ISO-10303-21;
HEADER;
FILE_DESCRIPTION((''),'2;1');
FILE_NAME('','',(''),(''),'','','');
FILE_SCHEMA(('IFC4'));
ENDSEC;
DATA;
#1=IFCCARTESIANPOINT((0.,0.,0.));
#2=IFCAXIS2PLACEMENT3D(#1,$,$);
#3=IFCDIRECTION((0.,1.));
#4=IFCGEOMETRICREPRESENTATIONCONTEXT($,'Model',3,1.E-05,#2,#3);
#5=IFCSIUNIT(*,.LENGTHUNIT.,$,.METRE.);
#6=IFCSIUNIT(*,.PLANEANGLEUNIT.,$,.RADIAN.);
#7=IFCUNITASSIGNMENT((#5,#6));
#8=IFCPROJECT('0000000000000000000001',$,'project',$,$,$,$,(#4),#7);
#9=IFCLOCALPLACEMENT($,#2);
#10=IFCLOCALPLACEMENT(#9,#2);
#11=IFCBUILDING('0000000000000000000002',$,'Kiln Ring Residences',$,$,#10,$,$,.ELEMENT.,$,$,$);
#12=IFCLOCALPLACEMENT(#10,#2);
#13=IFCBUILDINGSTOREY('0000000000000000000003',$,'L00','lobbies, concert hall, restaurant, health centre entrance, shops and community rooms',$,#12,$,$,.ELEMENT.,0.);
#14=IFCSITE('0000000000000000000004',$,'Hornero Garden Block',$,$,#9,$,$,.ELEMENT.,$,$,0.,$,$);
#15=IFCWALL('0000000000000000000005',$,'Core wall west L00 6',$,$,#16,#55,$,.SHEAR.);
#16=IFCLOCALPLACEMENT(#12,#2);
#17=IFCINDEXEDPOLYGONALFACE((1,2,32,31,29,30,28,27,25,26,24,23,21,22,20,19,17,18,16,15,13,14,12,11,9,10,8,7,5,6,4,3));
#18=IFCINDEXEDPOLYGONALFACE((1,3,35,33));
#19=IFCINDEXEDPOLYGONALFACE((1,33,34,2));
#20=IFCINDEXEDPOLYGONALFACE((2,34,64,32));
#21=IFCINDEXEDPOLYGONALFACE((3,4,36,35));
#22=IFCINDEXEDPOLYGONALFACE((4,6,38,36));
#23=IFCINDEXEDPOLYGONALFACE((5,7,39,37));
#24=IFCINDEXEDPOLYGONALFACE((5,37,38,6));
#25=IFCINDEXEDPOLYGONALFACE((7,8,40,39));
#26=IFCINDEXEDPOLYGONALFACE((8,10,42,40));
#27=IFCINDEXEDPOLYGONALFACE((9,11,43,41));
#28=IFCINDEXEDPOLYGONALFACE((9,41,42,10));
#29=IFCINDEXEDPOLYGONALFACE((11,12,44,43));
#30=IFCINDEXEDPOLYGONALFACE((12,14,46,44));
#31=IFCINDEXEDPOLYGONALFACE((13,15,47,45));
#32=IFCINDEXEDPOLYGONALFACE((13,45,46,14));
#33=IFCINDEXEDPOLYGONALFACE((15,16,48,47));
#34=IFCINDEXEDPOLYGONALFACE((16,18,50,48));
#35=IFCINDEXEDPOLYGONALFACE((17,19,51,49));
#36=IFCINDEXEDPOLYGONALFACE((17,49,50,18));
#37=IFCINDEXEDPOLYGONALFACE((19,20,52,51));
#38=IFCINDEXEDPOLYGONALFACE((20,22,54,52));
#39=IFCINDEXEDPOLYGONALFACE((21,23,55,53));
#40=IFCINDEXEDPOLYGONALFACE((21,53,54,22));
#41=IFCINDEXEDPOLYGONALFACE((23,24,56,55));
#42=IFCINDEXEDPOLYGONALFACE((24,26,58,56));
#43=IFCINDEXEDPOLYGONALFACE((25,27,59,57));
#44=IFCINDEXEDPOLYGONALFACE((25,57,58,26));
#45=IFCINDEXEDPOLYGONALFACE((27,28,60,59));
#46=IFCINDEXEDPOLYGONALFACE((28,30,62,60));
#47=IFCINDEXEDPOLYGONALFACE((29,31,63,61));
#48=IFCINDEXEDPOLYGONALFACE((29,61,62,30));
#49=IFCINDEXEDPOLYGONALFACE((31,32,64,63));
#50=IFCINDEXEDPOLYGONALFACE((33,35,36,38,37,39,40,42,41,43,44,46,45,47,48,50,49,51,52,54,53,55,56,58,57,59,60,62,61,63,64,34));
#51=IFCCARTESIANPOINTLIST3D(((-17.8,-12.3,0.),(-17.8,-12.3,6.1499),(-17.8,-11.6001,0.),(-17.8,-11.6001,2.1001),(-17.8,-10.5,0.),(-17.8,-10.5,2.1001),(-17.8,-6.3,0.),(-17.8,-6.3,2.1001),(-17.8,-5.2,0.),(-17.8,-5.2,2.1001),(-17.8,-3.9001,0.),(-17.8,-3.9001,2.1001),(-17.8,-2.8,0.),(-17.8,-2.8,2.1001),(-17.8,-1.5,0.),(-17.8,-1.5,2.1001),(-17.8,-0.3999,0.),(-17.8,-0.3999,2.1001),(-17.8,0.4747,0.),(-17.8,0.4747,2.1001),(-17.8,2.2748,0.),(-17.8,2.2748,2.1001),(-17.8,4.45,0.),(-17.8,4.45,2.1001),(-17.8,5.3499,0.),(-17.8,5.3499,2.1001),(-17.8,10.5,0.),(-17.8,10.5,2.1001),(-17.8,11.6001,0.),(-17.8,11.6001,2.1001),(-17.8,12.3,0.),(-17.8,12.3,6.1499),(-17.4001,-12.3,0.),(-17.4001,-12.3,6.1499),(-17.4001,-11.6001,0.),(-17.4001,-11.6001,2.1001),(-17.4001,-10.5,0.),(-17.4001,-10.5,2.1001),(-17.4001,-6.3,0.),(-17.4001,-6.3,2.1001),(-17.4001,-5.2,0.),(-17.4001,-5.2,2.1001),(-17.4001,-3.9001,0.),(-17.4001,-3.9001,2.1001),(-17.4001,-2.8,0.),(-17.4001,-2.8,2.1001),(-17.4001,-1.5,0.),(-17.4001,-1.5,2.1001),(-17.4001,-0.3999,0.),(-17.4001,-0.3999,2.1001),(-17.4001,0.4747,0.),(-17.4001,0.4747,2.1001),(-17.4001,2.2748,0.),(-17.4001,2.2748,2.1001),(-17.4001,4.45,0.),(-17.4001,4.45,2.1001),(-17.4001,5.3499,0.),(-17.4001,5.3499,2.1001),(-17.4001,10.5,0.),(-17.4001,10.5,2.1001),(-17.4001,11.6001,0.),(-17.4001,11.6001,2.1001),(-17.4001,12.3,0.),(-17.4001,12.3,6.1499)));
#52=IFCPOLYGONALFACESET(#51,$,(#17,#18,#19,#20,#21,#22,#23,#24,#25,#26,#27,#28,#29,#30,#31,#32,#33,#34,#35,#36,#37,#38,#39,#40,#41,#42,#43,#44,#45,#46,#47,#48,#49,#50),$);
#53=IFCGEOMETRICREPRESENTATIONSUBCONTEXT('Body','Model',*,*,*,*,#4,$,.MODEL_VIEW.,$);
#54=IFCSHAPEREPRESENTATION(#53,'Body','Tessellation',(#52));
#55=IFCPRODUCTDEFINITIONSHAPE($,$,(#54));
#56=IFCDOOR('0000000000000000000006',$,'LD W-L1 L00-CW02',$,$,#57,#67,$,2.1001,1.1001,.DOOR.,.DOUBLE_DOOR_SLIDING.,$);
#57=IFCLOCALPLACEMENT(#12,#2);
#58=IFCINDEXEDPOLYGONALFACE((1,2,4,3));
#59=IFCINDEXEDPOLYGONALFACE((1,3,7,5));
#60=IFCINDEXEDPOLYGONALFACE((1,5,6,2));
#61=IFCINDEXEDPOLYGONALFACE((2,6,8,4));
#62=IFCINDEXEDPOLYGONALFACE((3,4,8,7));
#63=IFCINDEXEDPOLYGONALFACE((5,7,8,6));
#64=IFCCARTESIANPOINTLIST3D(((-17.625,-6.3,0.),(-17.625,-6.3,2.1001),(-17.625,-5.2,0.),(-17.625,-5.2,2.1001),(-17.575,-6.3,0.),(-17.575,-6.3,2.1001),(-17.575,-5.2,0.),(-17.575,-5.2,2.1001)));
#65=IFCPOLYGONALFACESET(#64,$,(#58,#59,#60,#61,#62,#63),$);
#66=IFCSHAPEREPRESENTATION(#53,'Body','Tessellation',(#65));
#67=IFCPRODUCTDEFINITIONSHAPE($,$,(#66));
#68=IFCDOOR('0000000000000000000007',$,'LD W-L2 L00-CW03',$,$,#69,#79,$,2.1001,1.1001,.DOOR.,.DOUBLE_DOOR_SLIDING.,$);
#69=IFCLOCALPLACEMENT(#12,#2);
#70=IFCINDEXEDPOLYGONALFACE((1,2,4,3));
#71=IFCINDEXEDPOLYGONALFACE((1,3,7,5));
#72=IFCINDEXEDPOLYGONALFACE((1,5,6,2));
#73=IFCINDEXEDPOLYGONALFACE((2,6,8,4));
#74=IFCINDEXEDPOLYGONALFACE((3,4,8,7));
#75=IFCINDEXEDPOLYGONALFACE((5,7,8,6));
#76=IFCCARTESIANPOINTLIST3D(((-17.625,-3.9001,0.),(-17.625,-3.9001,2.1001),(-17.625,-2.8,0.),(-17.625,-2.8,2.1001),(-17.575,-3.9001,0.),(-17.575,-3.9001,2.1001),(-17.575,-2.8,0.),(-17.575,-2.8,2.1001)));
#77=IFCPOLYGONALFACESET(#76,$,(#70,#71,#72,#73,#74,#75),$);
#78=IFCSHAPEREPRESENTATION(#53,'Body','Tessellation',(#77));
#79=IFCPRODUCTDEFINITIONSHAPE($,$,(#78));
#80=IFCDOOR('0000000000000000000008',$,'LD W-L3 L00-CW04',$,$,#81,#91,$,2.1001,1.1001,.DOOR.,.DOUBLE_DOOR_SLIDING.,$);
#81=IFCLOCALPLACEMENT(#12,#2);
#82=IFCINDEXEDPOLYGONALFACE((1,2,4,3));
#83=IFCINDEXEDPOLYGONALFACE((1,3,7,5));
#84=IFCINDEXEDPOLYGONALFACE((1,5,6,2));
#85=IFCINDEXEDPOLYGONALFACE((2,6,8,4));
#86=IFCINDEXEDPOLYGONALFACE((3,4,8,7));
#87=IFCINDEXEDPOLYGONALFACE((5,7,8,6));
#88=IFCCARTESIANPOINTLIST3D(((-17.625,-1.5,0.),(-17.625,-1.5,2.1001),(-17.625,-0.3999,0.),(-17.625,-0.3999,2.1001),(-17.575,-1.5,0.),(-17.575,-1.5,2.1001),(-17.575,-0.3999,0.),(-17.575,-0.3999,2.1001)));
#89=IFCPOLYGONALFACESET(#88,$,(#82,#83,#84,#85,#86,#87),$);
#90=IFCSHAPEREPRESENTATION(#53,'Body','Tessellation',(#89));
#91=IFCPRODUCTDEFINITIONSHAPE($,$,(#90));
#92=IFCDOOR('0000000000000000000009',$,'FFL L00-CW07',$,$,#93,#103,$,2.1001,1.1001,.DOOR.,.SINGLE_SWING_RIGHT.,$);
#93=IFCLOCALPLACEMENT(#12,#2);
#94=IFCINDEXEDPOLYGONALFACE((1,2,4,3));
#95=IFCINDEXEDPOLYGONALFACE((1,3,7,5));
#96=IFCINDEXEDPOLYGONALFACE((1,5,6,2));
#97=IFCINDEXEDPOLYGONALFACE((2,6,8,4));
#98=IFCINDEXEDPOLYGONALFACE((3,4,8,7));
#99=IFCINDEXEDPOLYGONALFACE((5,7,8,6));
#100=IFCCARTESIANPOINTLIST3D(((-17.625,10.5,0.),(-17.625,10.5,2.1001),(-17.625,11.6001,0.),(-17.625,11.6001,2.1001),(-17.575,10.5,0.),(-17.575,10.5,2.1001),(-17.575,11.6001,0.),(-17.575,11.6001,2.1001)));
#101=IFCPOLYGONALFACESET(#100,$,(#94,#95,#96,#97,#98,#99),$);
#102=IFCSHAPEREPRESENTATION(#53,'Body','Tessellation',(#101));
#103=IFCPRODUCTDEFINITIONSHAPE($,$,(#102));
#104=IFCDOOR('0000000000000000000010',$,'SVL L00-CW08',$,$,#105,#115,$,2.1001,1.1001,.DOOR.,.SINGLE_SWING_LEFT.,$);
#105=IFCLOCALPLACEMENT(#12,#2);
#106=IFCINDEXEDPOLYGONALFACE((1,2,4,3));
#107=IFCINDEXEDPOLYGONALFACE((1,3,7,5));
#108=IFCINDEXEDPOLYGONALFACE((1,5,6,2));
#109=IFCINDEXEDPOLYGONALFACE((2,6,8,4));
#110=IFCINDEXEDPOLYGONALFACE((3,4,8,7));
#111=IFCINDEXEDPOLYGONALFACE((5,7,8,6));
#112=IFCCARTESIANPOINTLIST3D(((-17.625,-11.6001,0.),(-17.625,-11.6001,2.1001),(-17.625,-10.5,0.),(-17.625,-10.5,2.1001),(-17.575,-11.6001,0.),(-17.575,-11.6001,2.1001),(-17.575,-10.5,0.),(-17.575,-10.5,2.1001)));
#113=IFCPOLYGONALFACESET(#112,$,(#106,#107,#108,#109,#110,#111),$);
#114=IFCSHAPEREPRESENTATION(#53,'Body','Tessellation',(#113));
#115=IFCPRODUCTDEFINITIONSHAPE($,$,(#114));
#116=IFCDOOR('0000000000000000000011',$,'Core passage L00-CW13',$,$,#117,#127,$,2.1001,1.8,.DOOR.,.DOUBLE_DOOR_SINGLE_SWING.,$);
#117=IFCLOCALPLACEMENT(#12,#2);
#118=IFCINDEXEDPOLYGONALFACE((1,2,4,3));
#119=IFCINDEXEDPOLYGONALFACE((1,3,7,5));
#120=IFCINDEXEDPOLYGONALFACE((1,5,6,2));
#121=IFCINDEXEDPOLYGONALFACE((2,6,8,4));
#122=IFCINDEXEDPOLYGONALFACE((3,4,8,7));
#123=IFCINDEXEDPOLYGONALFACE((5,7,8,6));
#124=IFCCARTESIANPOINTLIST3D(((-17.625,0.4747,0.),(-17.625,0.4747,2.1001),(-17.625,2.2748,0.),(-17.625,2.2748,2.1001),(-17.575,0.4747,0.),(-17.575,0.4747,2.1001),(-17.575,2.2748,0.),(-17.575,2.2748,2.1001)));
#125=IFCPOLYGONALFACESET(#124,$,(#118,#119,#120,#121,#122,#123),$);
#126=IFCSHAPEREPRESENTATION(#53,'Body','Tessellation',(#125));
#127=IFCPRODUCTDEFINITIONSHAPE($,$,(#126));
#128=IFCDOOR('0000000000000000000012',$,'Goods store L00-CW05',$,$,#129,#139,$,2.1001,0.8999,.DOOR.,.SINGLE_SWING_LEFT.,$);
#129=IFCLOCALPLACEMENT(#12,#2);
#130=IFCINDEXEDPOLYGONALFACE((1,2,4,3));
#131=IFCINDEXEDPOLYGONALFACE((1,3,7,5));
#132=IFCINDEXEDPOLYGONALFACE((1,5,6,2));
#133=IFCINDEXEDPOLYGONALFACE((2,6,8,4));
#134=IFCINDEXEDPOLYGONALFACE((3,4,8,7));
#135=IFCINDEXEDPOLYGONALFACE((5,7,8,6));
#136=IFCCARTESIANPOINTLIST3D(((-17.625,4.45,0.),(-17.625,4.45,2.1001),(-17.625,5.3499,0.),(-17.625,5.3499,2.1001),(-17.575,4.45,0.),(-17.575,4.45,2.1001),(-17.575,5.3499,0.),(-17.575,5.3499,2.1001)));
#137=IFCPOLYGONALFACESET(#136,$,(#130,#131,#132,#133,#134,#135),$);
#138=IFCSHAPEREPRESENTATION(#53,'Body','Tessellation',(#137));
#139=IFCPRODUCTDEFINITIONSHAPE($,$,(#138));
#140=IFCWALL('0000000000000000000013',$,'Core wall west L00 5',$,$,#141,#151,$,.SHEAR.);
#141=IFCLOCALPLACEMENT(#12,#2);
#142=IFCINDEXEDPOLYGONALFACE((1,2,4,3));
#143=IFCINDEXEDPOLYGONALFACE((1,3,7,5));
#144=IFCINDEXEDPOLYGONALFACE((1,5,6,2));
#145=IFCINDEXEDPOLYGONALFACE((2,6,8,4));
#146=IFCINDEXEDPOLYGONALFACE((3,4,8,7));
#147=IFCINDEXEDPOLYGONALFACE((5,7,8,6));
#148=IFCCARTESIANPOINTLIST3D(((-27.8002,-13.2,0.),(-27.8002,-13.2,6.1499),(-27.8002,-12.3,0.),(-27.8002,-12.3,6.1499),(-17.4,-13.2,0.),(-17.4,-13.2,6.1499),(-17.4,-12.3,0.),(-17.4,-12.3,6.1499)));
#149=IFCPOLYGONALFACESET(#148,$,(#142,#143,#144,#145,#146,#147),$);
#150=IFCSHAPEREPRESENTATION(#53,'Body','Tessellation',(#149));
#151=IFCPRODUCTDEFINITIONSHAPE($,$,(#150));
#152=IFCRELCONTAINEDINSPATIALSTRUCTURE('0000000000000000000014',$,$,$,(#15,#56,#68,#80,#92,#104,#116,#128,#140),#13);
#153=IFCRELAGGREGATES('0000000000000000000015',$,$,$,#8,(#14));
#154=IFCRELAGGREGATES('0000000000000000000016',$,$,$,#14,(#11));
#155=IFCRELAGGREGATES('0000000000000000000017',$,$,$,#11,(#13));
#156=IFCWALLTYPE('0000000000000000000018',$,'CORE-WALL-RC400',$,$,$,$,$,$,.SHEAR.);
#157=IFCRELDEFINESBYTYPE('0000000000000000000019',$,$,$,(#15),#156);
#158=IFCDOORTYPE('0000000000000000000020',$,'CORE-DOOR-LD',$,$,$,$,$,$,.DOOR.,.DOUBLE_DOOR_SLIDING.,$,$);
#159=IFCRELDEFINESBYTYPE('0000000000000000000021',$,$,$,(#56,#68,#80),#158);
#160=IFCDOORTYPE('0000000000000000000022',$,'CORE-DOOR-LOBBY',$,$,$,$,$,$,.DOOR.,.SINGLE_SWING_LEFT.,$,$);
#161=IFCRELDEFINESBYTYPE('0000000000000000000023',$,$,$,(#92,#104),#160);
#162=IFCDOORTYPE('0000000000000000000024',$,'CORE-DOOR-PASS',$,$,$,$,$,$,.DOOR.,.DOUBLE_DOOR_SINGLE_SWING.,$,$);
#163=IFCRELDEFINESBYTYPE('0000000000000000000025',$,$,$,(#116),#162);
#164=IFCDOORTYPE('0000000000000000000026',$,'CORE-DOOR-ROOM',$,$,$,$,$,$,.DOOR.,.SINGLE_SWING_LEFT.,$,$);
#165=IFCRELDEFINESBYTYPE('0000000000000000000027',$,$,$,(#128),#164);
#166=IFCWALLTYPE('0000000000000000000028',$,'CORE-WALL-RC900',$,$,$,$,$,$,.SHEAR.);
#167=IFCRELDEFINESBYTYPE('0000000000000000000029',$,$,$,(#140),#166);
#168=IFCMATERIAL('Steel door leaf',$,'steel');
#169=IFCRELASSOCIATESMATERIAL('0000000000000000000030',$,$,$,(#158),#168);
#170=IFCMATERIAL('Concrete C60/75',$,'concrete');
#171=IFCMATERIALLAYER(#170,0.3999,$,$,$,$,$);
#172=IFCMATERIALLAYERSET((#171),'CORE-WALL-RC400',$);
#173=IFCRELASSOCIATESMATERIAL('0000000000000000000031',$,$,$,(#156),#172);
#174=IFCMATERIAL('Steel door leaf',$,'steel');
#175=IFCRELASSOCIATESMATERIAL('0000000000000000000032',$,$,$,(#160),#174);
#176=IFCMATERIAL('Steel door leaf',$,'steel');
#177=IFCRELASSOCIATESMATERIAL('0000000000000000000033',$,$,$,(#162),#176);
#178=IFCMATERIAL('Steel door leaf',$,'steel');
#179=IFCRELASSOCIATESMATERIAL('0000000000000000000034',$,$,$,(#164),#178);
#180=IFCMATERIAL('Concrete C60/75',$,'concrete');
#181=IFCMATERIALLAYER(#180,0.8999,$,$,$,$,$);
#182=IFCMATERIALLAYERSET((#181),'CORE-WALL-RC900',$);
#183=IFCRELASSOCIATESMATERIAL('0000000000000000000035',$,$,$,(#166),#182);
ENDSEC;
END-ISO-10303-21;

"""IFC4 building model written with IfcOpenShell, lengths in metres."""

from ifc_helpers import new_model, si_unit, direction, frame, frame_2d, origin, place, context, subcontext, project, spatial, rectangle, extrude, material, layer, layer_set, type_object, element, fill, save


model = new_model("IFC4")

# Units and contexts
model_context = context("Model", 3, precision=1e-05, world=origin(), true_north=direction((0.0, 1.0)))
body_context = subcontext(model_context, "Body", "Model", "MODEL_VIEW")
ifc_project = project(units=[si_unit("LENGTHUNIT", "METRE"), si_unit("PLANEANGLEUNIT", "RADIAN")], contexts=[model_context])

# Site, building, storey
site_placement = place(None, origin())
site = spatial("IfcSite", under=ifc_project, at=site_placement, Name="Hornero Garden Block", CompositionType="ELEMENT", RefElevation=0.0)
building_placement = place(site_placement, origin())
building = spatial("IfcBuilding", under=site, at=building_placement, Name="Kiln Ring Residences", CompositionType="ELEMENT")
storey_placement = place(building_placement, origin())
storey = spatial("IfcBuildingStorey", under=building, at=storey_placement, Name="L00", Description="lobbies, concert hall, restaurant, health centre entrance, shops and community rooms", CompositionType="ELEMENT", Elevation=0.0)

# Wall, openings, doors
ifc_material_1 = material(Name="Steel door leaf", Category="steel")
door_type_1 = type_object("IfcDoorType", Name="CORE-DOOR-LD", OperationType="DOUBLE_DOOR_SLIDING", PredefinedType="DOOR", material=ifc_material_1)
ifc_material_2 = material(Name="Concrete C60/75", Category="concrete")
ifc_layer_1 = layer(ifc_material_2, 0.3999)
ifc_layer_set_1 = layer_set([ifc_layer_1], Name="CORE-WALL-RC400")
wall_type_1 = type_object("IfcWallType", Name="CORE-WALL-RC400", PredefinedType="SHEAR", material=ifc_layer_set_1)
wall_1_placement = place(storey_placement, frame((-17.6001, -12.3, 0.0), z_axis=(0.0, 0.0, 1.0), x_axis=(0.0, 1.0, 0.0)))
wall_1 = element("IfcWall", 1, at=wall_1_placement, inside=storey, type_object=wall_type_1, Name="Core wall west L00 6", PredefinedType="SHEAR", context=body_context, shape_type="SweptSolid", body=[
    extrude(rectangle(XDim=24.6001, YDim=0.3999, at=frame_2d((12.3, 0.0))), origin(), (0.0, 0.0, 1.0), 6.1499),
])
opening_1_placement = place(wall_1_placement, frame((6.0, 0.0, 0.0)))
opening_1 = element("IfcOpeningElement", 2, at=opening_1_placement, cuts=wall_1, PredefinedType="OPENING", context=body_context, shape_type="SweptSolid", body=[
    extrude(rectangle(XDim=1.1001, YDim=2.1001, at=frame_2d((0.55, 1.05))), frame((0.0, 0.21, 0.0), z_axis=(0.0, -1.0, 0.0), x_axis=(1.0, 0.0, 0.0)), (0.0, 0.0, 1.0), 0.4199),
])
opening_2_placement = place(wall_1_placement, frame((8.3999, 0.0, 0.0)))
opening_2 = element("IfcOpeningElement", 3, at=opening_2_placement, cuts=wall_1, PredefinedType="OPENING", context=body_context, shape_type="SweptSolid", body=[
    extrude(rectangle(XDim=1.1001, YDim=2.1001, at=frame_2d((0.55, 1.05))), frame((0.0, 0.21, 0.0), z_axis=(0.0, -1.0, 0.0), x_axis=(1.0, 0.0, 0.0)), (0.0, 0.0, 1.0), 0.4199),
])
opening_3_placement = place(wall_1_placement, frame((10.8, 0.0, 0.0)))
opening_3 = element("IfcOpeningElement", 4, at=opening_3_placement, cuts=wall_1, PredefinedType="OPENING", context=body_context, shape_type="SweptSolid", body=[
    extrude(rectangle(XDim=1.1001, YDim=2.1001, at=frame_2d((0.55, 1.05))), frame((0.0, 0.21, 0.0), z_axis=(0.0, -1.0, 0.0), x_axis=(1.0, 0.0, 0.0)), (0.0, 0.0, 1.0), 0.4199),
])
opening_4_placement = place(wall_1_placement, frame((16.75, 0.0, 0.0)))
opening_4 = element("IfcOpeningElement", 5, at=opening_4_placement, cuts=wall_1, PredefinedType="OPENING", context=body_context, shape_type="SweptSolid", body=[
    extrude(rectangle(XDim=0.8999, YDim=2.1001, at=frame_2d((0.45, 1.05))), frame((0.0, 0.21, 0.0), z_axis=(0.0, -1.0, 0.0), x_axis=(1.0, 0.0, 0.0)), (0.0, 0.0, 1.0), 0.4199),
])
opening_5_placement = place(wall_1_placement, frame((22.8, 0.0, 0.0)))
opening_5 = element("IfcOpeningElement", 6, at=opening_5_placement, cuts=wall_1, PredefinedType="OPENING", context=body_context, shape_type="SweptSolid", body=[
    extrude(rectangle(XDim=1.1001, YDim=2.1001, at=frame_2d((0.55, 1.05))), frame((0.0, 0.21, 0.0), z_axis=(0.0, -1.0, 0.0), x_axis=(1.0, 0.0, 0.0)), (0.0, 0.0, 1.0), 0.4199),
])
opening_6_placement = place(wall_1_placement, frame((0.7, 0.0, 0.0)))
opening_6 = element("IfcOpeningElement", 7, at=opening_6_placement, cuts=wall_1, PredefinedType="OPENING", context=body_context, shape_type="SweptSolid", body=[
    extrude(rectangle(XDim=1.1001, YDim=2.1001, at=frame_2d((0.55, 1.05))), frame((0.0, 0.21, 0.0), z_axis=(0.0, -1.0, 0.0), x_axis=(1.0, 0.0, 0.0)), (0.0, 0.0, 1.0), 0.4199),
])
opening_7_placement = place(wall_1_placement, frame((12.7749, 0.0, 0.0)))
opening_7 = element("IfcOpeningElement", 8, at=opening_7_placement, cuts=wall_1, PredefinedType="OPENING", context=body_context, shape_type="SweptSolid", body=[
    extrude(rectangle(XDim=1.8, YDim=2.1001, at=frame_2d((0.8999, 1.05))), frame((0.0, 0.21, 0.0), z_axis=(0.0, -1.0, 0.0), x_axis=(1.0, 0.0, 0.0)), (0.0, 0.0, 1.0), 0.4199),
])
door_1_placement = place(opening_1_placement, origin())
door_1 = element("IfcDoor", 9, at=door_1_placement, inside=storey, type_object=door_type_1, Name="LD W-L1 L00-CW02", OperationType="DOUBLE_DOOR_SLIDING", OverallHeight=2.1001, OverallWidth=1.1001, PredefinedType="DOOR", context=body_context, shape_type="SweptSolid", body=[
    extrude(rectangle(XDim=1.1001, YDim=2.1001, at=frame_2d((0.55, 1.05))), frame((0.0, 0.0249, 0.0), z_axis=(0.0, -1.0, 0.0), x_axis=(1.0, 0.0, 0.0)), (0.0, 0.0, 1.0), 0.05),
])
fill(opening_1, door_1)
door_2_placement = place(opening_2_placement, origin())
door_2 = element("IfcDoor", 10, at=door_2_placement, inside=storey, type_object=door_type_1, Name="LD W-L2 L00-CW03", OperationType="DOUBLE_DOOR_SLIDING", OverallHeight=2.1001, OverallWidth=1.1001, PredefinedType="DOOR", context=body_context, shape_type="SweptSolid", body=[
    extrude(rectangle(XDim=1.1001, YDim=2.1001, at=frame_2d((0.55, 1.05))), frame((0.0, 0.0249, 0.0), z_axis=(0.0, -1.0, 0.0), x_axis=(1.0, 0.0, 0.0)), (0.0, 0.0, 1.0), 0.05),
])
fill(opening_2, door_2)
door_3_placement = place(opening_3_placement, origin())
door_3 = element("IfcDoor", 11, at=door_3_placement, inside=storey, type_object=door_type_1, Name="LD W-L3 L00-CW04", OperationType="DOUBLE_DOOR_SLIDING", OverallHeight=2.1001, OverallWidth=1.1001, PredefinedType="DOOR", context=body_context, shape_type="SweptSolid", body=[
    extrude(rectangle(XDim=1.1001, YDim=2.1001, at=frame_2d((0.55, 1.05))), frame((0.0, 0.0249, 0.0), z_axis=(0.0, -1.0, 0.0), x_axis=(1.0, 0.0, 0.0)), (0.0, 0.0, 1.0), 0.05),
])
fill(opening_3, door_3)
ifc_material_3 = material(Name="Steel door leaf", Category="steel")
door_type_2 = type_object("IfcDoorType", Name="CORE-DOOR-LOBBY", OperationType="SINGLE_SWING_LEFT", PredefinedType="DOOR", material=ifc_material_3)
door_4_placement = place(opening_5_placement, origin())
door_4 = element("IfcDoor", 12, at=door_4_placement, inside=storey, type_object=door_type_2, Name="FFL L00-CW07", OperationType="SINGLE_SWING_RIGHT", OverallHeight=2.1001, OverallWidth=1.1001, PredefinedType="DOOR", context=body_context, shape_type="SweptSolid", body=[
    extrude(rectangle(XDim=1.1001, YDim=2.1001, at=frame_2d((0.55, 1.05))), frame((0.0, 0.0249, 0.0), z_axis=(0.0, -1.0, 0.0), x_axis=(1.0, 0.0, 0.0)), (0.0, 0.0, 1.0), 0.05),
])
fill(opening_5, door_4)
door_5_placement = place(opening_6_placement, origin())
door_5 = element("IfcDoor", 13, at=door_5_placement, inside=storey, type_object=door_type_2, Name="SVL L00-CW08", OperationType="SINGLE_SWING_LEFT", OverallHeight=2.1001, OverallWidth=1.1001, PredefinedType="DOOR", context=body_context, shape_type="SweptSolid", body=[
    extrude(rectangle(XDim=1.1001, YDim=2.1001, at=frame_2d((0.55, 1.05))), frame((0.0, 0.0249, 0.0), z_axis=(0.0, -1.0, 0.0), x_axis=(1.0, 0.0, 0.0)), (0.0, 0.0, 1.0), 0.05),
])
fill(opening_6, door_5)
ifc_material_4 = material(Name="Steel door leaf", Category="steel")
door_type_3 = type_object("IfcDoorType", Name="CORE-DOOR-PASS", OperationType="DOUBLE_DOOR_SINGLE_SWING", PredefinedType="DOOR", material=ifc_material_4)
door_6_placement = place(opening_7_placement, origin())
door_6 = element("IfcDoor", 14, at=door_6_placement, inside=storey, type_object=door_type_3, Name="Core passage L00-CW13", OperationType="DOUBLE_DOOR_SINGLE_SWING", OverallHeight=2.1001, OverallWidth=1.8, PredefinedType="DOOR", context=body_context, shape_type="SweptSolid", body=[
    extrude(rectangle(XDim=1.8, YDim=2.1001, at=frame_2d((0.8999, 1.05))), frame((0.0, 0.0249, 0.0), z_axis=(0.0, -1.0, 0.0), x_axis=(1.0, 0.0, 0.0)), (0.0, 0.0, 1.0), 0.05),
])
fill(opening_7, door_6)
ifc_material_5 = material(Name="Steel door leaf", Category="steel")
door_type_4 = type_object("IfcDoorType", Name="CORE-DOOR-ROOM", OperationType="SINGLE_SWING_LEFT", PredefinedType="DOOR", material=ifc_material_5)
door_7_placement = place(opening_4_placement, origin())
door_7 = element("IfcDoor", 15, at=door_7_placement, inside=storey, type_object=door_type_4, Name="Goods store L00-CW05", OperationType="SINGLE_SWING_LEFT", OverallHeight=2.1001, OverallWidth=0.8999, PredefinedType="DOOR", context=body_context, shape_type="SweptSolid", body=[
    extrude(rectangle(XDim=0.8999, YDim=2.1001, at=frame_2d((0.45, 1.05))), frame((0.0, 0.0249, 0.0), z_axis=(0.0, -1.0, 0.0), x_axis=(1.0, 0.0, 0.0)), (0.0, 0.0, 1.0), 0.05),
])
fill(opening_4, door_7)

# Wall
ifc_material_6 = material(Name="Concrete C60/75", Category="concrete")
ifc_layer_2 = layer(ifc_material_6, 0.8999)
ifc_layer_set_2 = layer_set([ifc_layer_2], Name="CORE-WALL-RC900")
wall_type_2 = type_object("IfcWallType", Name="CORE-WALL-RC900", PredefinedType="SHEAR", material=ifc_layer_set_2)
wall_2_placement = place(storey_placement, frame((-17.3999, -12.75, 0.0), z_axis=(0.0, 0.0, 1.0), x_axis=(-1.0, 0.0, 0.0)))
element("IfcWall", 16, at=wall_2_placement, inside=storey, type_object=wall_type_2, Name="Core wall west L00 5", PredefinedType="SHEAR", context=body_context, shape_type="SweptSolid", body=[
    extrude(rectangle(XDim=10.4001, YDim=0.8999, at=frame_2d((5.2002, 0.0))), origin(), (0.0, 0.0, 1.0), 6.1499),
])

save(model, "model.ifc")
